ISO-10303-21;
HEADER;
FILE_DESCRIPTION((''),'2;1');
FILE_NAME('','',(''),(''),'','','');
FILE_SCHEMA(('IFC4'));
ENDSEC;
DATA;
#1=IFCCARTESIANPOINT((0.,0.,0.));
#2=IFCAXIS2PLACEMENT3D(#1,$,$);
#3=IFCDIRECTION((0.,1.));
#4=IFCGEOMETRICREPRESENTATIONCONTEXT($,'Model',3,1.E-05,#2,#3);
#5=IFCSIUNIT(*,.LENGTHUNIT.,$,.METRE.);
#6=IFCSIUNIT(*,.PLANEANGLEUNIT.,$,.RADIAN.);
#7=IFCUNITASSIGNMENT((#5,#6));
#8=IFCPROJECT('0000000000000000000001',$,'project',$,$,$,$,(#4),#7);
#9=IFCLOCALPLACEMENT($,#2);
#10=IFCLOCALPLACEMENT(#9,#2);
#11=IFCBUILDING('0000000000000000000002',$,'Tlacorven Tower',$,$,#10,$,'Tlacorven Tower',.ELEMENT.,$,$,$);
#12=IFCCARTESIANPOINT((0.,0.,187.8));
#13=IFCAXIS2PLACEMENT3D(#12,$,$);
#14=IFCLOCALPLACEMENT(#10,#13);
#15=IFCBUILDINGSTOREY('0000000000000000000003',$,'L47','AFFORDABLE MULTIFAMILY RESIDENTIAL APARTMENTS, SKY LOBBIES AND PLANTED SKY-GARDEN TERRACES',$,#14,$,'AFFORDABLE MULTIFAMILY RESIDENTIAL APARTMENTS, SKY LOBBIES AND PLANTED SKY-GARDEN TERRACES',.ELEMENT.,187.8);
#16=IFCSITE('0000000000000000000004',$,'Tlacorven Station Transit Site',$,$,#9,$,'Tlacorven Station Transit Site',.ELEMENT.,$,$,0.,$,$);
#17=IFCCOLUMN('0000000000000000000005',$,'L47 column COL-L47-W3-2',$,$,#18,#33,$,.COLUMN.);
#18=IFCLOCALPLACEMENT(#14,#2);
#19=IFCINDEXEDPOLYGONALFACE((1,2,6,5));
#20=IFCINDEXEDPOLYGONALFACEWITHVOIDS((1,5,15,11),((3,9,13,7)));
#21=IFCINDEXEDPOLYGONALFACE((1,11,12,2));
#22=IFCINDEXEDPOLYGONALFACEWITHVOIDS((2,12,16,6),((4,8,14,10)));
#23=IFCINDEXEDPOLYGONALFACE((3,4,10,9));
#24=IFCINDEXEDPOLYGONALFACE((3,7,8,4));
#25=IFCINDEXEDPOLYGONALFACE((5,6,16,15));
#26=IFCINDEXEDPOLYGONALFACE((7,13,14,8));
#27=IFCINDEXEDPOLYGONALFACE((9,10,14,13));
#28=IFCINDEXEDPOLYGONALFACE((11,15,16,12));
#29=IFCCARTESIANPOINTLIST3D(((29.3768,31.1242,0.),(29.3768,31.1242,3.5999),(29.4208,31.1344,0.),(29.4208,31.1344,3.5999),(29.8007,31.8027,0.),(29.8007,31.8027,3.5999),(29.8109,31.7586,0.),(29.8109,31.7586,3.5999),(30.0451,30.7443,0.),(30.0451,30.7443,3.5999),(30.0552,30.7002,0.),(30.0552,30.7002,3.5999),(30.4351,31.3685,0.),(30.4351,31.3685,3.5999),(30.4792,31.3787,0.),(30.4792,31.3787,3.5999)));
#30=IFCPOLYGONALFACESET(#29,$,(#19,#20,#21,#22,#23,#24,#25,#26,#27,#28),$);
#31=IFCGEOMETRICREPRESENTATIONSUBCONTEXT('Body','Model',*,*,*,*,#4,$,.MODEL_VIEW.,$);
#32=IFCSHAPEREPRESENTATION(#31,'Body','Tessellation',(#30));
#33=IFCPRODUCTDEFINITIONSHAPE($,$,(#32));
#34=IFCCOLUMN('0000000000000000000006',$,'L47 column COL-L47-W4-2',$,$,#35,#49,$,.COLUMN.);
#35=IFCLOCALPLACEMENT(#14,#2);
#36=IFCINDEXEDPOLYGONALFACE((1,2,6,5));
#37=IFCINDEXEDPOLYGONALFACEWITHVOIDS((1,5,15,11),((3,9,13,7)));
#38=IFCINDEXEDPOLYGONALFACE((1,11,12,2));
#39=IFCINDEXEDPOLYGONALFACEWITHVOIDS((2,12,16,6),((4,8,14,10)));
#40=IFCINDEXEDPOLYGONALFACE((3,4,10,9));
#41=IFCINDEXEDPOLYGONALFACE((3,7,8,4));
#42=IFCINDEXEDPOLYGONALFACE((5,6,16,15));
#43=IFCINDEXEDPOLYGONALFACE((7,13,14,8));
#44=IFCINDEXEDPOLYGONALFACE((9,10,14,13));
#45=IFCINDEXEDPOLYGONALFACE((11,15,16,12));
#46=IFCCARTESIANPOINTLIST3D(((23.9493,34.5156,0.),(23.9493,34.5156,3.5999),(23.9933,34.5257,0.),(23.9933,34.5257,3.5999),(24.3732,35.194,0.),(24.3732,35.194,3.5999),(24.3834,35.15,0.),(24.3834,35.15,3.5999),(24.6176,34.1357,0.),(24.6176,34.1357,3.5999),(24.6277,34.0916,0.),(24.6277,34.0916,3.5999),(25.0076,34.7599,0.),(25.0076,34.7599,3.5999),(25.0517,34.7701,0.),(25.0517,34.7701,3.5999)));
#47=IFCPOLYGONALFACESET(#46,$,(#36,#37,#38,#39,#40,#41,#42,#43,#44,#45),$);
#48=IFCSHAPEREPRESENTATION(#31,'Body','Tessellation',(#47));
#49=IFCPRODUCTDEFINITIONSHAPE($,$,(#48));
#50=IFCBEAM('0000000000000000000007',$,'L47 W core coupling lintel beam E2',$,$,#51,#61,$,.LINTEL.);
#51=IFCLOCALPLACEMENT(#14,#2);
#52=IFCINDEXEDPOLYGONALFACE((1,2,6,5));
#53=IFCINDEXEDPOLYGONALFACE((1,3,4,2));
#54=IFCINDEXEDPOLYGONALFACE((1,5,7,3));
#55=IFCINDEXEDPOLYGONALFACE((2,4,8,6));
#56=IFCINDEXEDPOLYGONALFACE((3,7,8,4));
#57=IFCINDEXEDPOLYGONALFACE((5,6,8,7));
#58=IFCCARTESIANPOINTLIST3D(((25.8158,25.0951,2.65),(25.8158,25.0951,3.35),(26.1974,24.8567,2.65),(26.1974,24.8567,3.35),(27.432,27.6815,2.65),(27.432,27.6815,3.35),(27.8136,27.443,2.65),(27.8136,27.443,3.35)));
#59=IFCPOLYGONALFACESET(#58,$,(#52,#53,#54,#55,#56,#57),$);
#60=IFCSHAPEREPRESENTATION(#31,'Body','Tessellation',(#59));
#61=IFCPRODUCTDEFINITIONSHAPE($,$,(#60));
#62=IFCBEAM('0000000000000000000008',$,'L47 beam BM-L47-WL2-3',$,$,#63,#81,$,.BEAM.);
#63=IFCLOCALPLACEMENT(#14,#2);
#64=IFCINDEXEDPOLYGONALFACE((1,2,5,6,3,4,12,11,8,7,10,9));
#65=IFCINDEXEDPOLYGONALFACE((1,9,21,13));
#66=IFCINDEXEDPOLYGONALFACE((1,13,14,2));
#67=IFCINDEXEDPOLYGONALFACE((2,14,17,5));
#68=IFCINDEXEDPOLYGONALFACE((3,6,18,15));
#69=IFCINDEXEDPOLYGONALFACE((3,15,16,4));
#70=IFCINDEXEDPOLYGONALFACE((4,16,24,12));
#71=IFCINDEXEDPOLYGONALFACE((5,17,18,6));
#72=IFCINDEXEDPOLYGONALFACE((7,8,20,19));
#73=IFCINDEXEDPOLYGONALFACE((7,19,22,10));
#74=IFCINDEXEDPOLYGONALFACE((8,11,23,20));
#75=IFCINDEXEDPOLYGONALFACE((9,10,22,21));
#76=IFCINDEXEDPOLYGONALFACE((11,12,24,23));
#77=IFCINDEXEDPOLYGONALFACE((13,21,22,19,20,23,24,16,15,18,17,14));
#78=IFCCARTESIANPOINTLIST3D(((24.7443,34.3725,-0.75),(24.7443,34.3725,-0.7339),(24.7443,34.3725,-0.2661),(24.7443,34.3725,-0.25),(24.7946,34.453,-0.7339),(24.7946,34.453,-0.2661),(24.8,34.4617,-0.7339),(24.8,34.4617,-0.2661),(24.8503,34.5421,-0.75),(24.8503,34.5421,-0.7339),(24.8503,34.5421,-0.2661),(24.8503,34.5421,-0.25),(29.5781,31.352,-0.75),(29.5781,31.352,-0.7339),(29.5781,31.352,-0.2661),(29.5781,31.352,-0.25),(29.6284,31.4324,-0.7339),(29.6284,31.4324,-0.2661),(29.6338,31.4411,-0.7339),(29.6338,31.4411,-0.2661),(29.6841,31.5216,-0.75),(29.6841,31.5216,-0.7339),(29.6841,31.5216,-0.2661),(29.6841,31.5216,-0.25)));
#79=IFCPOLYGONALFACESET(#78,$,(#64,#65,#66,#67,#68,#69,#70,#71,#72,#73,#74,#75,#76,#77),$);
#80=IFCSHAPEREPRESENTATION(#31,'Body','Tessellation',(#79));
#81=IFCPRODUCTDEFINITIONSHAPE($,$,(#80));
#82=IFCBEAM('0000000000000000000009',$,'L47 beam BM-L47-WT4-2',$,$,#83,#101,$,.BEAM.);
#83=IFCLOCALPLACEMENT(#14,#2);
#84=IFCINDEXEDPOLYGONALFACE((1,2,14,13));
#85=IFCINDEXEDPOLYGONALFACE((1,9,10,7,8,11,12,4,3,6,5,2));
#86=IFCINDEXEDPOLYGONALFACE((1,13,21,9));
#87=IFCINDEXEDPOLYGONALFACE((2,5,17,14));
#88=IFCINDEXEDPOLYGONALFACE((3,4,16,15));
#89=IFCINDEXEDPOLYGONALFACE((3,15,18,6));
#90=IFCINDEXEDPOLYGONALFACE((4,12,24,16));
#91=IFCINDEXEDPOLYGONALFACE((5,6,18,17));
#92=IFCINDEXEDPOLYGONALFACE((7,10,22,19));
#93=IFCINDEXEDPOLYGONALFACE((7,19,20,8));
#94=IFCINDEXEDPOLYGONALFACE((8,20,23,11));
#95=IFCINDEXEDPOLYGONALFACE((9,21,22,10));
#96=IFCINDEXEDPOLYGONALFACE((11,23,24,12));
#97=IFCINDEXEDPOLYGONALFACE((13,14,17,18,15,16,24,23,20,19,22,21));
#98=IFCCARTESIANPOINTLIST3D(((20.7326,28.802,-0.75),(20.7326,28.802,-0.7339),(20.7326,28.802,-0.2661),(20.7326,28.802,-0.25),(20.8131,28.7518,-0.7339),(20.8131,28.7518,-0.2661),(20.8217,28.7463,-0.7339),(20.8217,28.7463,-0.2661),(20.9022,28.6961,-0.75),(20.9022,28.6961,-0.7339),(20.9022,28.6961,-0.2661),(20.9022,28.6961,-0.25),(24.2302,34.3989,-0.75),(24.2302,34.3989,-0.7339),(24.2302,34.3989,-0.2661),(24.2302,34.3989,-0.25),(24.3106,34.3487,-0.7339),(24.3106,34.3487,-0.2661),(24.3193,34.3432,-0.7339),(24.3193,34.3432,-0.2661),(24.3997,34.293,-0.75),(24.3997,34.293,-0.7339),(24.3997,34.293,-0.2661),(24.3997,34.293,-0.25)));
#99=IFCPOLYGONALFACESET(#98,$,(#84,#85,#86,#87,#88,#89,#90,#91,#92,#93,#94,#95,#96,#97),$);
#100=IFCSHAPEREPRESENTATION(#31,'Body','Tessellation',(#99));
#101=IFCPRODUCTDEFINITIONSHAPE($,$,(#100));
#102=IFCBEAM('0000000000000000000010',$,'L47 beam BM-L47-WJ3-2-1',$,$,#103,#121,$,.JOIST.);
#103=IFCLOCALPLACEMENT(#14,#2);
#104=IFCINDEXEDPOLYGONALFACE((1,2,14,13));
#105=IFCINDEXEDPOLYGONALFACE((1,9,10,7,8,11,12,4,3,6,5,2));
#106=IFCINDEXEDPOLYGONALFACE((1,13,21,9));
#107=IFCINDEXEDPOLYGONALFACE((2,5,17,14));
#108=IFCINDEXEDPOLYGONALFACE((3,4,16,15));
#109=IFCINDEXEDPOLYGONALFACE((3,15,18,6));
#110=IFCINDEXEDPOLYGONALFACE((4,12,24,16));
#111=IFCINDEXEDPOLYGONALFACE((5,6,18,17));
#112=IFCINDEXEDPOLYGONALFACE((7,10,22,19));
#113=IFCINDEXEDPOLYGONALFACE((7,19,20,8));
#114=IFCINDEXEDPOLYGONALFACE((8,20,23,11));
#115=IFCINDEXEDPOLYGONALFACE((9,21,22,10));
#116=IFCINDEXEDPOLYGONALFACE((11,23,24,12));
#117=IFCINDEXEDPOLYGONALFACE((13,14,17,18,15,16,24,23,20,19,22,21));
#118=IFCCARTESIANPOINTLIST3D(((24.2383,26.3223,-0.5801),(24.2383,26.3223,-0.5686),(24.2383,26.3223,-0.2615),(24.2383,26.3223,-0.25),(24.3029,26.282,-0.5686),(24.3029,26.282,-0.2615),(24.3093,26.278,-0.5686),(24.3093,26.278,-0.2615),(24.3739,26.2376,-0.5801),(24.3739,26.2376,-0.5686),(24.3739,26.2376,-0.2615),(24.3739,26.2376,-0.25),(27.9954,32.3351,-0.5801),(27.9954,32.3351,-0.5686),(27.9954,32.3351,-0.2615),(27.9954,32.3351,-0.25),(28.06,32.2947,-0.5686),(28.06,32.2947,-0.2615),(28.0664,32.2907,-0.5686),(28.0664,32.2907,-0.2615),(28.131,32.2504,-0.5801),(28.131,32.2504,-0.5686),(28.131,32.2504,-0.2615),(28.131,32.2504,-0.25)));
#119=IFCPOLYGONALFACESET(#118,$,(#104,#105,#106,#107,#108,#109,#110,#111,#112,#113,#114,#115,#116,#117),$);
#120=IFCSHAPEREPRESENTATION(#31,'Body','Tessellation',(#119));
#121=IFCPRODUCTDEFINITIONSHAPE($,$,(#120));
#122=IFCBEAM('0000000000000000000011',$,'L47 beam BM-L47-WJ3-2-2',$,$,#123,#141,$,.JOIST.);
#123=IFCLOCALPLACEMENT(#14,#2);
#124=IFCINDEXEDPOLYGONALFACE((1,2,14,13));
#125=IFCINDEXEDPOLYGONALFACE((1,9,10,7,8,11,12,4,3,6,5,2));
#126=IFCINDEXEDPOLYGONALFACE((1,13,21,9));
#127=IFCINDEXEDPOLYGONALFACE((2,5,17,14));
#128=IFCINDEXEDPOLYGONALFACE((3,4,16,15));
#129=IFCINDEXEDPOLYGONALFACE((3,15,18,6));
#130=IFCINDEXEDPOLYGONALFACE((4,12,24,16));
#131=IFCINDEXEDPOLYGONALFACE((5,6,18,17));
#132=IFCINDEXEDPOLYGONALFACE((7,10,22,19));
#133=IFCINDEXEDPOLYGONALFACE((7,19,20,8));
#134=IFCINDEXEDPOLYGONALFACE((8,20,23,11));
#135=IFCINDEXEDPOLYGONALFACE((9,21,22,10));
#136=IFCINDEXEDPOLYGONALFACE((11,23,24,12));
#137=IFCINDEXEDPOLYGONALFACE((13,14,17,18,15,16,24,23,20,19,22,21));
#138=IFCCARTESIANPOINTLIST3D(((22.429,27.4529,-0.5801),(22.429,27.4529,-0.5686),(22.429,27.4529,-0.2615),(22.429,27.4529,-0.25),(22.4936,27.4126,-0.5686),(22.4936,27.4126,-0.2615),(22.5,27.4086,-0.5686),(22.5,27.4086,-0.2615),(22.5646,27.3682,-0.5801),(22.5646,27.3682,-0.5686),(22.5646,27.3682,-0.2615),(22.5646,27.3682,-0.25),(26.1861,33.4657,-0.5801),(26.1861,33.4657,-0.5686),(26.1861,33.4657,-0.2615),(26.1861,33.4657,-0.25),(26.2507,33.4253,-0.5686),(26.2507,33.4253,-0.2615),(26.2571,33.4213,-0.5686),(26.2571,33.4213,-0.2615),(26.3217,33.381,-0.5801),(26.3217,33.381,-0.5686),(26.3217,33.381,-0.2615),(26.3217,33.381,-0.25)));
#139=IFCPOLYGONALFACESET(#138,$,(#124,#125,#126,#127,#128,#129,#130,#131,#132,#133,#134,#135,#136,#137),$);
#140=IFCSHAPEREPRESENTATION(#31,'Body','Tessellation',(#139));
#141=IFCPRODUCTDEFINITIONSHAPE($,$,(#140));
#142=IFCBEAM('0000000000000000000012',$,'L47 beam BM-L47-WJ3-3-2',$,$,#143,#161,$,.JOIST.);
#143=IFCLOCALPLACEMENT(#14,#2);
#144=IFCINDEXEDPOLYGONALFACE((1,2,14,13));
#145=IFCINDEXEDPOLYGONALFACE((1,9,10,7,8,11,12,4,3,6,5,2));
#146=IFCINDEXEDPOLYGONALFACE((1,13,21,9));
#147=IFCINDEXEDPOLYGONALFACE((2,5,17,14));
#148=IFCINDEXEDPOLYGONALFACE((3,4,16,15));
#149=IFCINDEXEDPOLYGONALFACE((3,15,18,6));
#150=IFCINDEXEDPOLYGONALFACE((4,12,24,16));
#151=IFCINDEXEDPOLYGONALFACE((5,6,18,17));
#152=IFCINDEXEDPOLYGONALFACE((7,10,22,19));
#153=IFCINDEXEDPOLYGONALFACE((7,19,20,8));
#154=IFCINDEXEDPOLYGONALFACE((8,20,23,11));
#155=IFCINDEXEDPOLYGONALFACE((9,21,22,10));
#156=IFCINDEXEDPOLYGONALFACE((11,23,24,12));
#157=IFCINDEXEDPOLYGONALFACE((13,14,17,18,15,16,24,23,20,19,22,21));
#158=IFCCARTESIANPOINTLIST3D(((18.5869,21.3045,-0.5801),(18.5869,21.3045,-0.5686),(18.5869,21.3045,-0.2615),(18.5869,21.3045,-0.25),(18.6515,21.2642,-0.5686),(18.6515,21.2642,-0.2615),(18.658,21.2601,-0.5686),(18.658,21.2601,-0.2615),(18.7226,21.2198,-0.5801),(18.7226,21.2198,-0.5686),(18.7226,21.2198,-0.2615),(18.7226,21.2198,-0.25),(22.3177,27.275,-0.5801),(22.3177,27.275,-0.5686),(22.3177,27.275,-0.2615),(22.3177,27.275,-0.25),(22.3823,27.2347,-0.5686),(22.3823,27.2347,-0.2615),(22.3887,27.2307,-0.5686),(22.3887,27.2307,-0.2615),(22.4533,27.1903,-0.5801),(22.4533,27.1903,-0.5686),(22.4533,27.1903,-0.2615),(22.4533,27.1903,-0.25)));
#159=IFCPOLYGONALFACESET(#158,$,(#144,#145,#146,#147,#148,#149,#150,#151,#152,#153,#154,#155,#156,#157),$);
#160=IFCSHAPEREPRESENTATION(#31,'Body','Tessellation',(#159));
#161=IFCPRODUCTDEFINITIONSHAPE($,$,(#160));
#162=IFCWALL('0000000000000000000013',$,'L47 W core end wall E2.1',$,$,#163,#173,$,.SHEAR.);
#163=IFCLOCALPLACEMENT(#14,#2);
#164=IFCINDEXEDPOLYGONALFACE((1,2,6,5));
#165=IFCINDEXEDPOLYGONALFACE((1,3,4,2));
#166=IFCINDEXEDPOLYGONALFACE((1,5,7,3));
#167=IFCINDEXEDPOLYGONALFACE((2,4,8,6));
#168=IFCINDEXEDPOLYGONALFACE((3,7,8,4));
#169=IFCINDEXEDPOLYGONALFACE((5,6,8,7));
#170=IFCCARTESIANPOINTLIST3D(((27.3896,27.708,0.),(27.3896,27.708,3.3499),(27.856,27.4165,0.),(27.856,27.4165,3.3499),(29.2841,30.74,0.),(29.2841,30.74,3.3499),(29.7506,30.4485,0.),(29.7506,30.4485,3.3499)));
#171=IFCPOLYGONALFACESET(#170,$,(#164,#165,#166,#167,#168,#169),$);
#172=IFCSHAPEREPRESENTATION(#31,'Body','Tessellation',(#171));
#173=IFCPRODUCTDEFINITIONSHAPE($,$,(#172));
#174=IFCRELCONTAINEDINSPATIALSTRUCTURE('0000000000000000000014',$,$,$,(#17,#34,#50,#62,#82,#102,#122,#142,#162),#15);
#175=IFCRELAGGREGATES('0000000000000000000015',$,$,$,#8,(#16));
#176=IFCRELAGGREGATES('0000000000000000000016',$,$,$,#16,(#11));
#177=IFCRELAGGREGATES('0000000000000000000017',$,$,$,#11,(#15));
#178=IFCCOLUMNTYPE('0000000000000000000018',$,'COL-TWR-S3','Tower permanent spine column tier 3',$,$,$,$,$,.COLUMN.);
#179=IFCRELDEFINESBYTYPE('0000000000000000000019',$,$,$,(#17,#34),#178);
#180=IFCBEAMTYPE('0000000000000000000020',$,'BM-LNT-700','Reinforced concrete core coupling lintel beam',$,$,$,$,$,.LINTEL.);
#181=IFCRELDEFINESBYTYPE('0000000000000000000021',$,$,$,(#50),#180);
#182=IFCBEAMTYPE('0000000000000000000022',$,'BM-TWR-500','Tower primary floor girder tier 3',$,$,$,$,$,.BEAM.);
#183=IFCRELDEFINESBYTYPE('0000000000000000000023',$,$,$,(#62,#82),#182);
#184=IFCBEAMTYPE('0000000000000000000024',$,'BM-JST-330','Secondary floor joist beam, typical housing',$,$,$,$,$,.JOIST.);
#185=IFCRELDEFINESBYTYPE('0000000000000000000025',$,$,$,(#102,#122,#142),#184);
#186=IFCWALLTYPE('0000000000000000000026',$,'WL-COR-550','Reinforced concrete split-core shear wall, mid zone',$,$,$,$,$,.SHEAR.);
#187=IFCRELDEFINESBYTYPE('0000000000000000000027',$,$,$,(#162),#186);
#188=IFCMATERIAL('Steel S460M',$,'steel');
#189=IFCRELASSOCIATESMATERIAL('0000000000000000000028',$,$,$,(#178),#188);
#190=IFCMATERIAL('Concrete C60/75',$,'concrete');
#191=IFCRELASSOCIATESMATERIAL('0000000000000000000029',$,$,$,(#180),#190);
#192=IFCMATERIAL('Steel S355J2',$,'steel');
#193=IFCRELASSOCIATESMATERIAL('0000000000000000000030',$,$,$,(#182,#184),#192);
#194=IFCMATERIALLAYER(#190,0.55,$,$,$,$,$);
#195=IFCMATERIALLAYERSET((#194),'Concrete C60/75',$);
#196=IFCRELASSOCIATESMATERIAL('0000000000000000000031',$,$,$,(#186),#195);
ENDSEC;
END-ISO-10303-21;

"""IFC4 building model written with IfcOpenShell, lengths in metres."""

from ifc_helpers import new_model, si_unit, direction, frame, frame_2d, origin, origin_2d, place, context, subcontext, project, spatial, rectangle, hollow_rectangle, i_section, extrude, source, transform, mapped, material, layer, layer_set, material_profile, profile_set, type_object, element, save


model = new_model("IFC4")

# Units and contexts
model_context = context("Model", 3, precision=1e-05, world=origin(), true_north=direction((0.0, 1.0)))
body_context = subcontext(model_context, "Body", "Model", "MODEL_VIEW")
ifc_project = project(units=[si_unit("LENGTHUNIT", "METRE"), si_unit("PLANEANGLEUNIT", "RADIAN")], contexts=[model_context])

# Site, building, storey
site_placement = place(None, origin())
site = spatial("IfcSite", under=ifc_project, at=site_placement, Name="Tlacorven Station Transit Site", LongName="Tlacorven Station Transit Site", CompositionType="ELEMENT", RefElevation=0.0)
building_placement = place(site_placement, origin())
building = spatial("IfcBuilding", under=site, at=building_placement, Name="Tlacorven Tower", LongName="Tlacorven Tower", CompositionType="ELEMENT")
storey_placement = place(building_placement, frame((0.0, 0.0, 187.8)))
storey = spatial("IfcBuildingStorey", under=building, at=storey_placement, Name="L47", Description="AFFORDABLE MULTIFAMILY RESIDENTIAL APARTMENTS, SKY LOBBIES AND PLANTED SKY-GARDEN TERRACES", LongName="AFFORDABLE MULTIFAMILY RESIDENTIAL APARTMENTS, SKY LOBBIES AND PLANTED SKY-GARDEN TERRACES", CompositionType="ELEMENT", Elevation=187.8)

# Columns
ifc_material_1 = material(Name="Steel S460M", Category="steel")
ifc_material_profile_1 = material_profile(ifc_material_1, hollow_rectangle(XDim=0.8, YDim=0.8, WallThickness=0.032, at=origin_2d()), Name="BOX 800X800X32")
ifc_profile_set_1 = profile_set([ifc_material_profile_1], Name="Steel S460M")
column_type = type_object("IfcColumnType", Name="COL-TWR-S3", Description="Tower permanent spine column tier 3", PredefinedType="COLUMN", material=ifc_profile_set_1)
shared_shape_1 = source(origin(), body_context, "Body", "SweptSolid", [
    extrude(hollow_rectangle(XDim=0.8, YDim=0.8, WallThickness=0.032, at=origin_2d()), origin(), (0.0, 0.0, 1.0), 3.5999),
])
for number, where, z_axis, x_axis, name in (
    (1, (29.928, 31.2515, 0.0), (0.0, 0.0, 1.0), (-0.848048, 0.529919, 0.0), "L47 column COL-L47-W3-2"),
    (2, (24.5005, 34.6428, 0.0), (0.0, 0.0, 1.0), (-0.848048, 0.529919, 0.0), "L47 column COL-L47-W4-2"),
):
    element("IfcColumn", number, at=place(storey_placement, frame(where, z_axis=z_axis, x_axis=x_axis)), inside=storey, type_object=column_type, Name=name, PredefinedType="COLUMN", context=body_context, shape_type="MappedRepresentation", body=[
        mapped(shared_shape_1, transform((0.0, 0.0, 0.0), scale=1.0)),
    ])

# Beams
ifc_material_2 = material(Name="Concrete C60/75", Category="concrete")
ifc_material_profile_2 = material_profile(ifc_material_2, rectangle(XDim=0.45, YDim=0.7, at=origin_2d()), Name="RC 450X700")
ifc_profile_set_2 = profile_set([ifc_material_profile_2], Name="Concrete C60/75")
beam_type_1 = type_object("IfcBeamType", Name="BM-LNT-700", Description="Reinforced concrete core coupling lintel beam", PredefinedType="LINTEL", material=ifc_profile_set_2)
shared_shape_2 = source(origin(), body_context, "Body", "SweptSolid", [
    extrude(rectangle(XDim=0.45, YDim=0.7, at=origin_2d()), origin(), (0.0, 0.0, 1.0), 3.0498),
])
beam_1_placement = place(storey_placement, frame((27.6228, 27.5623, 3.0), z_axis=(-0.529927, -0.848043, 0.0), x_axis=(0.848043, -0.529927, 0.0)))
element("IfcBeam", 3, at=beam_1_placement, inside=storey, type_object=beam_type_1, Name="L47 W core coupling lintel beam E2", PredefinedType="LINTEL", context=body_context, shape_type="MappedRepresentation", body=[
    mapped(shared_shape_2, transform((0.0, 0.0, 0.0), scale=1.0)),
])
ifc_material_3 = material(Name="Steel S355J2", Category="steel")
ifc_material_profile_3 = material_profile(ifc_material_3, i_section(OverallWidth=0.2, OverallDepth=0.5, WebThickness=0.0103, FlangeThickness=0.0161, at=origin_2d()), Name="IPE 500")
ifc_profile_set_3 = profile_set([ifc_material_profile_3], Name="Steel S355J2")
beam_type_2 = type_object("IfcBeamType", Name="BM-TWR-500", Description="Tower primary floor girder tier 3", PredefinedType="BEAM", material=ifc_profile_set_3)
shared_shape_3 = source(origin(), body_context, "Body", "SweptSolid", [
    extrude(i_section(OverallWidth=0.2, OverallDepth=0.5, WebThickness=0.0103, FlangeThickness=0.0161, at=origin_2d()), origin(), (0.0, 0.0, 1.0), 5.7),
])
beam_2_placement = place(storey_placement, frame((29.6311, 31.4368, -0.5), z_axis=(-0.848044, 0.529926, 0.0), x_axis=(-0.529926, -0.848044, 0.0)))
element("IfcBeam", 4, at=beam_2_placement, inside=storey, type_object=beam_type_2, Name="L47 beam BM-L47-WL2-3", PredefinedType="BEAM", context=body_context, shape_type="MappedRepresentation", body=[
    mapped(shared_shape_3, transform((0.0, 0.0, 0.0), scale=1.0)),
])
shared_shape_4 = source(origin(), body_context, "Body", "SweptSolid", [
    extrude(i_section(OverallWidth=0.2, OverallDepth=0.5, WebThickness=0.0103, FlangeThickness=0.0161, at=origin_2d()), origin(), (0.0, 0.0, 1.0), 6.5999),
])
beam_3_placement = place(storey_placement, frame((24.3149, 34.3459, -0.5), z_axis=(-0.529942, -0.848034, 0.0), x_axis=(0.848034, -0.529942, 0.0)))
element("IfcBeam", 5, at=beam_3_placement, inside=storey, type_object=beam_type_2, Name="L47 beam BM-L47-WT4-2", PredefinedType="BEAM", context=body_context, shape_type="MappedRepresentation", body=[
    mapped(shared_shape_4, transform((0.0, 0.0, 0.0), scale=1.0)),
])
ifc_material_profile_4 = material_profile(ifc_material_3, i_section(OverallWidth=0.1599, OverallDepth=0.3301, WebThickness=0.0076, FlangeThickness=0.0115, at=origin_2d()), Name="IPE 330")
ifc_profile_set_4 = profile_set([ifc_material_profile_4], Name="Steel S355J2")
beam_type_3 = type_object("IfcBeamType", Name="BM-JST-330", Description="Secondary floor joist beam, typical housing", PredefinedType="JOIST", material=ifc_profile_set_4)
shared_shape_5 = source(origin(), body_context, "Body", "SweptSolid", [
    extrude(i_section(OverallWidth=0.1599, OverallDepth=0.3301, WebThickness=0.0076, FlangeThickness=0.0115, at=origin_2d()), origin(), (0.0, 0.0, 1.0), 7.0901),
])
for number, where, z_axis, x_axis, name in (
    (6, (28.0632, 32.2927, -0.415), (-0.529912, -0.848052, 0.0), (0.848052, -0.529912, 0.0), "L47 beam BM-L47-WJ3-2-1"),
    (7, (26.2539, 33.4233, -0.415), (-0.529912, -0.848052, 0.0), (0.848052, -0.529912, 0.0), "L47 beam BM-L47-WJ3-2-2"),
):
    element("IfcBeam", number, at=place(storey_placement, frame(where, z_axis=z_axis, x_axis=x_axis)), inside=storey, type_object=beam_type_3, Name=name, PredefinedType="JOIST", context=body_context, shape_type="MappedRepresentation", body=[
        mapped(shared_shape_5, transform((0.0, 0.0, 0.0), scale=1.0)),
    ])
shared_shape_6 = source(origin(), body_context, "Body", "SweptSolid", [
    extrude(i_section(OverallWidth=0.1599, OverallDepth=0.3301, WebThickness=0.0076, FlangeThickness=0.0115, at=origin_2d()), origin(), (0.0, 0.0, 1.0), 7.0403),
])
beam_4_placement = place(storey_placement, frame((22.3855, 27.2327, -0.415), z_axis=(-0.529915, -0.848051, 0.0), x_axis=(0.848051, -0.529915, 0.0)))
element("IfcBeam", 8, at=beam_4_placement, inside=storey, type_object=beam_type_3, Name="L47 beam BM-L47-WJ3-3-2", PredefinedType="JOIST", context=body_context, shape_type="MappedRepresentation", body=[
    mapped(shared_shape_6, transform((0.0, 0.0, 0.0), scale=1.0)),
])

# Wall
ifc_layer_1 = layer(ifc_material_2, 0.55)
ifc_layer_set_1 = layer_set([ifc_layer_1], Name="Concrete C60/75")
wall_type_1 = type_object("IfcWallType", Name="WL-COR-550", Description="Reinforced concrete split-core shear wall, mid zone", PredefinedType="SHEAR", material=ifc_layer_set_1)
wall_1_placement = place(storey_placement, frame((29.5173, 30.5942, 0.0), z_axis=(0.0, 0.0, 1.0), x_axis=(-0.529907, -0.848056, 0.0)))
element("IfcWall", 9, at=wall_1_placement, inside=storey, type_object=wall_type_1, Name="L47 W core end wall E2.1", PredefinedType="SHEAR", context=body_context, shape_type="SweptSolid", body=[
    extrude(rectangle(XDim=3.5752, YDim=0.55, at=frame_2d((1.7876, 0.0))), origin(), (0.0, 0.0, 1.0), 3.3499),
])

save(model, "model.ifc")
